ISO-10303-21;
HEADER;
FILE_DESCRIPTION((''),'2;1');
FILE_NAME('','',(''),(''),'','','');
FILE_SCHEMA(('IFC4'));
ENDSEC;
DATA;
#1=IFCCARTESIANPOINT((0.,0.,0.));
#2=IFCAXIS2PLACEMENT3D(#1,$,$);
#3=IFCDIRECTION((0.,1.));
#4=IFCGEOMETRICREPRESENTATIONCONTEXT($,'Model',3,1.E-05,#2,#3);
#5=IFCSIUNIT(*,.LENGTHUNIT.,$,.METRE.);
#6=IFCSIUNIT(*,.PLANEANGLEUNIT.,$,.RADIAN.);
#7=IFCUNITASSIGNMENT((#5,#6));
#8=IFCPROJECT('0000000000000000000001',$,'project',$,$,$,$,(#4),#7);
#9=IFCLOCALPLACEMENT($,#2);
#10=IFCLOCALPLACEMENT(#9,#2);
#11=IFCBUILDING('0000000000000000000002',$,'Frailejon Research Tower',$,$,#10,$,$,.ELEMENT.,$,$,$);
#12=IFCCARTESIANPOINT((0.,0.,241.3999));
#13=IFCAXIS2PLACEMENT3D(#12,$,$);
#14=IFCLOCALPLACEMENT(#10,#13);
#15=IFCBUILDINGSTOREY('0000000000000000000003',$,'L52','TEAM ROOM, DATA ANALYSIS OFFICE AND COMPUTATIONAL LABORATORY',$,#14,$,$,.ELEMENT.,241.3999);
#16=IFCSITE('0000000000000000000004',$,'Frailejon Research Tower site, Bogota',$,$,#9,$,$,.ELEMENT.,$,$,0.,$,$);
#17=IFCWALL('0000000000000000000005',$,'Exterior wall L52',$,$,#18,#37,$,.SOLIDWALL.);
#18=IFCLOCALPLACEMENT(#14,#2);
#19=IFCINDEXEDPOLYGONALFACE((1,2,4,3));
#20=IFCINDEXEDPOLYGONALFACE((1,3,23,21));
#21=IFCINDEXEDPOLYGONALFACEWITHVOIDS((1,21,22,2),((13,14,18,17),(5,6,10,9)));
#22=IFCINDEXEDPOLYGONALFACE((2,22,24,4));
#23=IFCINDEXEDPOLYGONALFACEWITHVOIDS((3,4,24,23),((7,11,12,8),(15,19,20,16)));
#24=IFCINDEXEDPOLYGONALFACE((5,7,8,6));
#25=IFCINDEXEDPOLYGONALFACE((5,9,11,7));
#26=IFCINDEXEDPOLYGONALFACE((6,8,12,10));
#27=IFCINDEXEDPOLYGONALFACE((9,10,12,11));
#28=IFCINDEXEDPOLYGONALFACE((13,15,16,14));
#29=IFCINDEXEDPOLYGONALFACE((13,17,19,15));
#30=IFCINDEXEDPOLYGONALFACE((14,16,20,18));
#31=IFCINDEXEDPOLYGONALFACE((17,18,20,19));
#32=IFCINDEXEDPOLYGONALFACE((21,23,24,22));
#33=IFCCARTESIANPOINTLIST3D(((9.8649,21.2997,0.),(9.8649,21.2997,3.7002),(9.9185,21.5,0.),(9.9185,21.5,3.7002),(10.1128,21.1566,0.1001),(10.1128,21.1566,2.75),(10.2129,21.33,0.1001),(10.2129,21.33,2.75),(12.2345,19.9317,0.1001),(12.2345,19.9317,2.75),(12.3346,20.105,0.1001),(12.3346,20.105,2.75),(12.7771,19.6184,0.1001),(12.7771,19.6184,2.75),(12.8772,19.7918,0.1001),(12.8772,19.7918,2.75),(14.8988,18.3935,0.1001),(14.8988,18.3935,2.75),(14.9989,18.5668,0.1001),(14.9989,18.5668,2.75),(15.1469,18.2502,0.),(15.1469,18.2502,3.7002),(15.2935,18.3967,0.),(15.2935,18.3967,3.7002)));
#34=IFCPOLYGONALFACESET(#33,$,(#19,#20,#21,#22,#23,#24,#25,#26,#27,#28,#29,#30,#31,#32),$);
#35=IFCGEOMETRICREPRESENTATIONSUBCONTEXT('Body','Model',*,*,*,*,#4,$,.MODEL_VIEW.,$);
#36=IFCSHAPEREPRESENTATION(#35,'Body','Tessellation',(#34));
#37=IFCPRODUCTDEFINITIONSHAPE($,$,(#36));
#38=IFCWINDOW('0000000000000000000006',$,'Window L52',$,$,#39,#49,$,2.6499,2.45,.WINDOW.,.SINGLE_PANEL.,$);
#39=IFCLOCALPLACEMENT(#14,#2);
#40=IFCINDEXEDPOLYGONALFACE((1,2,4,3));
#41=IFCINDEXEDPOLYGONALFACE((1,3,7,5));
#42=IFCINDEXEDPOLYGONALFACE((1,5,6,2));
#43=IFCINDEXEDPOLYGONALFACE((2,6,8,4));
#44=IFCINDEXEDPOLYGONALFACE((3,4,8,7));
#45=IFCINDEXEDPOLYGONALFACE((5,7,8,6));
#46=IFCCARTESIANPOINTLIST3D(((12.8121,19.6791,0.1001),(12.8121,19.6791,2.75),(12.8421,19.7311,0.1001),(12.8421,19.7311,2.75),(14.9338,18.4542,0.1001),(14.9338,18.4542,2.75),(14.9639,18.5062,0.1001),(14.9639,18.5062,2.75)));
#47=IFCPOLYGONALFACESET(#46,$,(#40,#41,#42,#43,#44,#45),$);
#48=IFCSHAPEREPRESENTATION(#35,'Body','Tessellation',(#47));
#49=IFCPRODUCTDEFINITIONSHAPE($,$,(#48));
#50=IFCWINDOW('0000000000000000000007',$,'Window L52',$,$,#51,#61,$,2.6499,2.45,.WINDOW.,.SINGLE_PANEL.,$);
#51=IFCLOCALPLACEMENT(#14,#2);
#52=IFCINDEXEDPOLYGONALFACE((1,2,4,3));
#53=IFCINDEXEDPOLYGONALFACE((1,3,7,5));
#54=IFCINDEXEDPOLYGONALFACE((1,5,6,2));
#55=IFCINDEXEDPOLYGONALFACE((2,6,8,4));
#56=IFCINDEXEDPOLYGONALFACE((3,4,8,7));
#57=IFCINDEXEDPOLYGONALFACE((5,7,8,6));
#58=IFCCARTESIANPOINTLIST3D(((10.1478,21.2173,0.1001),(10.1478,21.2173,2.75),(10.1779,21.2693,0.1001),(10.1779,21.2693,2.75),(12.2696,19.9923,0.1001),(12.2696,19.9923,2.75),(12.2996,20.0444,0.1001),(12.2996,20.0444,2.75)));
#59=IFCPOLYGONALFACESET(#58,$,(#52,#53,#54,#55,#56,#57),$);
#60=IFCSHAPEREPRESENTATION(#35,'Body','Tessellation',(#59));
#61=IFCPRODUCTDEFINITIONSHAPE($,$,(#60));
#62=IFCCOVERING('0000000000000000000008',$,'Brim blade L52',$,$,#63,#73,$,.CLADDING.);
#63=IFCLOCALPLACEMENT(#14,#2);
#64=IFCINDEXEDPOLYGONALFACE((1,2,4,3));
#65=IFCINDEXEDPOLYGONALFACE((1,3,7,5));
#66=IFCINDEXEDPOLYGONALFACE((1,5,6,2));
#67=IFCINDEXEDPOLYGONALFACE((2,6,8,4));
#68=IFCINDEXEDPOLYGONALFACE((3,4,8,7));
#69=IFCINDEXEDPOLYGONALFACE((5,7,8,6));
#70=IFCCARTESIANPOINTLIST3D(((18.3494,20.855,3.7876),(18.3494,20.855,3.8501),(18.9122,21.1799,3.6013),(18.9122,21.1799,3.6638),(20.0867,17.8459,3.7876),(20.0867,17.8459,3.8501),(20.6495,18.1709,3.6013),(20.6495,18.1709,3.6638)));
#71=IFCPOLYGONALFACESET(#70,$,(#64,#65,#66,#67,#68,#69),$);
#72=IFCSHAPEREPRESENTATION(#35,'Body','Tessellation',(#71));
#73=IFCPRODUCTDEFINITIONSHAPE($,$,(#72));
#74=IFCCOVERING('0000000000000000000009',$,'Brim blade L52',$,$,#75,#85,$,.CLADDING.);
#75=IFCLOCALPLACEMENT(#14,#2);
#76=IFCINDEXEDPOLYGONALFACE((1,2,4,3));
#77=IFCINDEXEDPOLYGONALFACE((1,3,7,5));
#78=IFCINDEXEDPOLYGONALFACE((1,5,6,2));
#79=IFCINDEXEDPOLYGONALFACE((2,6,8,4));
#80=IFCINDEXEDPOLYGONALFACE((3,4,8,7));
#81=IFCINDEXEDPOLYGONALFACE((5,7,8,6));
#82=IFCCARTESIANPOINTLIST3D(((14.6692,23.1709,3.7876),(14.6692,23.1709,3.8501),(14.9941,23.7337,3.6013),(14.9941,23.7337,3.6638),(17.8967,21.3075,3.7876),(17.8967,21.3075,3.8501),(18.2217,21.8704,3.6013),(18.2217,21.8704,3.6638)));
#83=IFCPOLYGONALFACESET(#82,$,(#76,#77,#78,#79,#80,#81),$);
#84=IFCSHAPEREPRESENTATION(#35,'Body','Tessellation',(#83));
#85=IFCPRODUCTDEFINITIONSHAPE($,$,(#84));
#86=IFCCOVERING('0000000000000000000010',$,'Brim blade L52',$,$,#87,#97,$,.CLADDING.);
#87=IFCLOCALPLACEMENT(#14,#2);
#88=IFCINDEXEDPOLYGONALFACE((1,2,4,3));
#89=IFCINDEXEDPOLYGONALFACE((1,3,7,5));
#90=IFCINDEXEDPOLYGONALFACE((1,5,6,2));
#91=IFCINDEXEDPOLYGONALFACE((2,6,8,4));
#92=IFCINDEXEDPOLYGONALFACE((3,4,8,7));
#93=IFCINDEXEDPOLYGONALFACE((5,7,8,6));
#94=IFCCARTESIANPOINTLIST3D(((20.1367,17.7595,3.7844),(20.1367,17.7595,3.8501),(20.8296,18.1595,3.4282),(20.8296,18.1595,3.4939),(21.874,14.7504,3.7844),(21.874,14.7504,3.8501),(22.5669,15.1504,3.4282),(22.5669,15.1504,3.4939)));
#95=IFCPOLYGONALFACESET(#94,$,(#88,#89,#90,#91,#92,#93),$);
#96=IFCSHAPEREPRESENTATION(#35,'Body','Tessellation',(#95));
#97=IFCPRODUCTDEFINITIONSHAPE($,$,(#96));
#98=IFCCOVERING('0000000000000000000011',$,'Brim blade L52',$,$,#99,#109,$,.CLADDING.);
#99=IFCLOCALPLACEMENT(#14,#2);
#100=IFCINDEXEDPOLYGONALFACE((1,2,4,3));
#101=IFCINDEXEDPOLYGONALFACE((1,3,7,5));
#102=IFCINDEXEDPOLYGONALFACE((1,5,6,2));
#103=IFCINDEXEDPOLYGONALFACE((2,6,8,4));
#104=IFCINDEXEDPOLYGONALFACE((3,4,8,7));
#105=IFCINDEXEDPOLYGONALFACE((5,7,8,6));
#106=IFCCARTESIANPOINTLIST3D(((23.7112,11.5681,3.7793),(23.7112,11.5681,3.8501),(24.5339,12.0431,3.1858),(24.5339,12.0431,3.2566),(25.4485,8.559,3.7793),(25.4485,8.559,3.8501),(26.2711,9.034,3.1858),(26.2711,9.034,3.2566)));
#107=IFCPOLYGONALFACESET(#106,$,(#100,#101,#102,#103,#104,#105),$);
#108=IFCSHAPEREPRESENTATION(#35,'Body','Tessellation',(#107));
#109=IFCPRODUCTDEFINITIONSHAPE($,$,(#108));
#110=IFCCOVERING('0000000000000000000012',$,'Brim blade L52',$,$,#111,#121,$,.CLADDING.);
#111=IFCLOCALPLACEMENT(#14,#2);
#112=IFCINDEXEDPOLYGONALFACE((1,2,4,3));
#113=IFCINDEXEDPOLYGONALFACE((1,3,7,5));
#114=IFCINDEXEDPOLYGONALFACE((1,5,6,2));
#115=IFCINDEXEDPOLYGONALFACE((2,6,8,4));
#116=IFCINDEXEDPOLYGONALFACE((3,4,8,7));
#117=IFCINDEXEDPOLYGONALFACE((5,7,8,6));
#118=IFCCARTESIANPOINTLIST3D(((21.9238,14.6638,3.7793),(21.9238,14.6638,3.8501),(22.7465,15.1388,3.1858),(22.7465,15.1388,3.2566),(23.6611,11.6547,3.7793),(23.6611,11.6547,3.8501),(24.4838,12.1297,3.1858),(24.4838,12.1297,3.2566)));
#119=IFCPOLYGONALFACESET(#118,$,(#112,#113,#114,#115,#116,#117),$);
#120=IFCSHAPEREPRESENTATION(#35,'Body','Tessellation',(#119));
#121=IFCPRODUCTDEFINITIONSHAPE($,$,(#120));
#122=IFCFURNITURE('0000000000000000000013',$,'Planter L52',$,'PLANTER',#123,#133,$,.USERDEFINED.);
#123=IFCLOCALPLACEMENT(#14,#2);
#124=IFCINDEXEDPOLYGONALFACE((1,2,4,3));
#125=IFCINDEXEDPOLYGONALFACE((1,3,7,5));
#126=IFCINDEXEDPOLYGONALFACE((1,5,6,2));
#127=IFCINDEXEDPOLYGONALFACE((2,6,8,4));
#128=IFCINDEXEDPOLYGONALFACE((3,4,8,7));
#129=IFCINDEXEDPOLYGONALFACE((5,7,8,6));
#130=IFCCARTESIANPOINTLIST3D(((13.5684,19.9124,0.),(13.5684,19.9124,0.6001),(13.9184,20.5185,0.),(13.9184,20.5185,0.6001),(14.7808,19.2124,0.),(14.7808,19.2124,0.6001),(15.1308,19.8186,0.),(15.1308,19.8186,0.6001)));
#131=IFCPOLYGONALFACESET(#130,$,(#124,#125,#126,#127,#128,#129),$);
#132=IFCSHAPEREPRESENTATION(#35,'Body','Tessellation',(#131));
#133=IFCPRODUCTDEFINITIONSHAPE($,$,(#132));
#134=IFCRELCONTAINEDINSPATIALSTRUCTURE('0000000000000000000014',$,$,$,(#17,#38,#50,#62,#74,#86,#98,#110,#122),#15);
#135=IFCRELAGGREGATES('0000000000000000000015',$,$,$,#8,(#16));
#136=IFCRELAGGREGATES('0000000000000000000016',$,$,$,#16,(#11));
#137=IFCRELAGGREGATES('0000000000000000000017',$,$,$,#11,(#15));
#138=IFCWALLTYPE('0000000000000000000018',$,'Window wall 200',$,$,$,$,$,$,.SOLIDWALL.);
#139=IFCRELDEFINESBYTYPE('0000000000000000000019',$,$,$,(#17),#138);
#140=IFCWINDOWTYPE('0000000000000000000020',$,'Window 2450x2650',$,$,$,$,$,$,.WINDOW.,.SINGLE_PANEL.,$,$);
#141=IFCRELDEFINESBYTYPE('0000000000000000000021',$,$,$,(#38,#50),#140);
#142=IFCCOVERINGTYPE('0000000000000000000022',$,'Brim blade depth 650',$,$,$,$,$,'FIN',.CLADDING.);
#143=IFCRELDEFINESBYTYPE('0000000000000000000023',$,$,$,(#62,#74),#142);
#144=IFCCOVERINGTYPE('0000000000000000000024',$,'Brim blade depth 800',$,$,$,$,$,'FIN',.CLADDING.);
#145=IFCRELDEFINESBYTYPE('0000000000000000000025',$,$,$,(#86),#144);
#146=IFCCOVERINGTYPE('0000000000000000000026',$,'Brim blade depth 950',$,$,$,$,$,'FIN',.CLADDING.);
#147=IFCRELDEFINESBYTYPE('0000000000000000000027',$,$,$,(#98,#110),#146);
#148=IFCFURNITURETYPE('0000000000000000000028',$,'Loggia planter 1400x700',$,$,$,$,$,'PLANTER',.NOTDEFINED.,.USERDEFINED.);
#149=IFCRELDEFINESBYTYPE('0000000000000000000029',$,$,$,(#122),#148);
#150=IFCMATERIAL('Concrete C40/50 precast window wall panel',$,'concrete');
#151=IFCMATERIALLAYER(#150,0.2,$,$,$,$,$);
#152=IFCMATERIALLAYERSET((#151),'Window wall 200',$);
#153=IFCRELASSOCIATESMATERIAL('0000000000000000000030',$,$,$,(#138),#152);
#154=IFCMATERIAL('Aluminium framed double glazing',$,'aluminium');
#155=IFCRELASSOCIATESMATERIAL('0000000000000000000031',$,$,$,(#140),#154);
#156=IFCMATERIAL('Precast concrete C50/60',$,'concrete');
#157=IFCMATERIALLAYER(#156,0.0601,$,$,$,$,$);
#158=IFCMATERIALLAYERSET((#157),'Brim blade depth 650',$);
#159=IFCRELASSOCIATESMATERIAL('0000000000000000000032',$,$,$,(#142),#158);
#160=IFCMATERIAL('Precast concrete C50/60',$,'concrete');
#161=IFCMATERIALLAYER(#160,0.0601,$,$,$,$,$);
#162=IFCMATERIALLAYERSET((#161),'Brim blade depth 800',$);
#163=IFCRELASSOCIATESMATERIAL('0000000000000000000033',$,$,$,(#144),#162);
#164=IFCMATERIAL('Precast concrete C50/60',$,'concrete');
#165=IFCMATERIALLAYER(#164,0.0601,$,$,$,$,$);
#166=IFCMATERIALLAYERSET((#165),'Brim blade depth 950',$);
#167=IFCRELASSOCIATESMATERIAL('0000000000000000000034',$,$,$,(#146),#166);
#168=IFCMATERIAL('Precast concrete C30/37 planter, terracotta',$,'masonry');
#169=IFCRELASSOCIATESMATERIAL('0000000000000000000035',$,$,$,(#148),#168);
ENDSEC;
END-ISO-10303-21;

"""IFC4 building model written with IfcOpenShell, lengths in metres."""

from ifc_helpers import new_model, si_unit, direction, frame, frame_2d, origin, origin_2d, place, context, subcontext, project, spatial, polyline, rectangle, outline, extrude, material, layer, layer_set, type_object, element, fill, save


model = new_model("IFC4")

# Units and contexts
model_context = context("Model", 3, precision=1e-05, world=origin(), true_north=direction((0.0, 1.0)))
body_context = subcontext(model_context, "Body", "Model", "MODEL_VIEW")
ifc_project = project(units=[si_unit("LENGTHUNIT", "METRE"), si_unit("PLANEANGLEUNIT", "RADIAN")], contexts=[model_context])

# Site, building, storey
site_placement = place(None, origin())
site = spatial("IfcSite", under=ifc_project, at=site_placement, Name="Frailejon Research Tower site, Bogota", CompositionType="ELEMENT", RefElevation=0.0)
building_placement = place(site_placement, origin())
building = spatial("IfcBuilding", under=site, at=building_placement, Name="Frailejon Research Tower", CompositionType="ELEMENT")
storey_placement = place(building_placement, frame((0.0, 0.0, 241.3999)))
storey = spatial("IfcBuildingStorey", under=building, at=storey_placement, Name="L52", Description="TEAM ROOM, DATA ANALYSIS OFFICE AND COMPUTATIONAL LABORATORY", CompositionType="ELEMENT", Elevation=241.3999)

# Wall, openings, windows
ifc_material_1 = material(Name="Concrete C40/50 precast window wall panel", Category="concrete")
ifc_layer_1 = layer(ifc_material_1, 0.2)
ifc_layer_set_1 = layer_set([ifc_layer_1], Name="Window wall 200")
wall_type = type_object("IfcWallType", Name="Window wall 200", PredefinedType="SOLIDWALL", material=ifc_layer_set_1)
wall_placement = place(storey_placement, frame((15.2202, 18.3235, 0.0), z_axis=(0.0, 0.0, 1.0), x_axis=(-0.86603, 0.499993, 0.0)))
wall = element("IfcWall", 1, at=wall_placement, inside=storey, type_object=wall_type, Name="Exterior wall L52", PredefinedType="SOLIDWALL", context=body_context, shape_type="SweptSolid", body=[
    extrude(outline(polyline([(-0.0269, -0.1001), (1.0076, -0.1001), (2.042, -0.1001), (3.0764, -0.1001), (4.1108, -0.1001), (5.1453, -0.1001), (6.1797, -0.1001), (6.126, 0.1001), (5.1094, 0.1001), (4.093, 0.1001), (3.0764, 0.1001), (2.0598, 0.1001), (1.0435, 0.1001), (0.0269, 0.1001), (-0.0269, -0.1001)])), origin(), (0.0, 0.0, 1.0), 3.7002),
])
opening_1_placement = place(wall_placement, frame((0.3132, 0.0, 0.1001)))
opening_1 = element("IfcOpeningElement", 2, at=opening_1_placement, cuts=wall, PredefinedType="OPENING", context=body_context, shape_type="SweptSolid", body=[
    extrude(rectangle(XDim=2.45, YDim=2.6499, at=frame_2d((1.2251, 1.325))), frame((0.0, 0.1099, 0.0), z_axis=(0.0, -1.0, 0.0), x_axis=(1.0, 0.0, 0.0)), (0.0, 0.0, 1.0), 0.22),
])
opening_2_placement = place(wall_placement, frame((3.3896, 0.0, 0.1001)))
opening_2 = element("IfcOpeningElement", 3, at=opening_2_placement, cuts=wall, PredefinedType="OPENING", context=body_context, shape_type="SweptSolid", body=[
    extrude(rectangle(XDim=2.45, YDim=2.6499, at=frame_2d((1.2251, 1.325))), frame((0.0, 0.1099, 0.0), z_axis=(0.0, -1.0, 0.0), x_axis=(1.0, 0.0, 0.0)), (0.0, 0.0, 1.0), 0.22),
])
ifc_material_2 = material(Name="Aluminium framed double glazing", Category="aluminium")
window_type = type_object("IfcWindowType", Name="Window 2450x2650", PartitioningType="SINGLE_PANEL", PredefinedType="WINDOW", material=ifc_material_2)
window_1_placement = place(opening_1_placement, origin())
window_1 = element("IfcWindow", 4, at=window_1_placement, inside=storey, type_object=window_type, Name="Window L52", OverallHeight=2.6499, OverallWidth=2.45, PartitioningType="SINGLE_PANEL", PredefinedType="WINDOW", context=body_context, shape_type="SweptSolid", body=[
    extrude(rectangle(XDim=2.45, YDim=2.6499, at=frame_2d((1.2251, 1.325))), frame((0.0, 0.03, 0.0), z_axis=(0.0, -1.0, 0.0), x_axis=(1.0, 0.0, 0.0)), (0.0, 0.0, 1.0), 0.0601),
])
fill(opening_1, window_1)
window_2_placement = place(opening_2_placement, origin())
window_2 = element("IfcWindow", 5, at=window_2_placement, inside=storey, type_object=window_type, Name="Window L52", OverallHeight=2.6499, OverallWidth=2.45, PartitioningType="SINGLE_PANEL", PredefinedType="WINDOW", context=body_context, shape_type="SweptSolid", body=[
    extrude(rectangle(XDim=2.45, YDim=2.6499, at=frame_2d((1.2251, 1.325))), frame((0.0, 0.03, 0.0), z_axis=(0.0, -1.0, 0.0), x_axis=(1.0, 0.0, 0.0)), (0.0, 0.0, 1.0), 0.0601),
])
fill(opening_2, window_2)

# Coverings
ifc_material_3 = material(Name="Precast concrete C50/60", Category="concrete")
ifc_layer_2 = layer(ifc_material_3, 0.0601)
ifc_layer_set_2 = layer_set([ifc_layer_2], Name="Brim blade depth 650")
covering_type_1 = type_object("IfcCoveringType", Name="Brim blade depth 650", ElementType="FIN", PredefinedType="CLADDING", material=ifc_layer_set_2)
covering_1_placement = place(storey_placement, frame((18.3494, 20.855, 3.8501), z_axis=(0.500011, -0.866019, 0.0), x_axis=(0.866019, 0.500011, 0.0)))
element("IfcCovering", 6, at=covering_1_placement, inside=storey, type_object=covering_type_1, Name="Brim blade L52", PredefinedType="CLADDING", context=body_context, shape_type="SweptSolid", body=[
    extrude(outline(polyline([(0.0, -0.0625), (0.6499, -0.2488), (0.6499, -0.1863), (0.0, 0.0), (0.0, -0.0625)])), origin(), (0.0, 0.0, 1.0), 3.4746),
])
covering_2_placement = place(storey_placement, frame((14.6692, 23.1709, 3.8501), z_axis=(0.86603, -0.499992, 0.0), x_axis=(0.499992, 0.86603, 0.0)))
element("IfcCovering", 7, at=covering_2_placement, inside=storey, type_object=covering_type_1, Name="Brim blade L52", PredefinedType="CLADDING", context=body_context, shape_type="SweptSolid", body=[
    extrude(outline(polyline([(0.0, -0.0625), (0.6499, -0.2488), (0.6499, -0.1863), (0.0, 0.0), (0.0, -0.0625)])), origin(), (0.0, 0.0, 1.0), 3.7268),
])
ifc_material_4 = material(Name="Precast concrete C50/60", Category="concrete")
ifc_layer_3 = layer(ifc_material_4, 0.0601)
ifc_layer_set_3 = layer_set([ifc_layer_3], Name="Brim blade depth 800")
covering_type_2 = type_object("IfcCoveringType", Name="Brim blade depth 800", ElementType="FIN", PredefinedType="CLADDING", material=ifc_layer_set_3)
covering_3_placement = place(storey_placement, frame((20.1367, 17.7595, 3.8501), z_axis=(0.49999, -0.866031, 0.0), x_axis=(0.866031, 0.49999, 0.0)))
element("IfcCovering", 8, at=covering_3_placement, inside=storey, type_object=covering_type_2, Name="Brim blade L52", PredefinedType="CLADDING", context=body_context, shape_type="SweptSolid", body=[
    extrude(outline(polyline([(0.0, -0.0657), (0.8, -0.4219), (0.8, -0.3562), (0.0, 0.0), (0.0, -0.0657)])), origin(), (0.0, 0.0, 1.0), 3.4746),
])
ifc_material_5 = material(Name="Precast concrete C50/60", Category="concrete")
ifc_layer_4 = layer(ifc_material_5, 0.0601)
ifc_layer_set_4 = layer_set([ifc_layer_4], Name="Brim blade depth 950")
covering_type_3 = type_object("IfcCoveringType", Name="Brim blade depth 950", ElementType="FIN", PredefinedType="CLADDING", material=ifc_layer_set_4)
for number, where, z_axis, x_axis, name in (
    (9, (23.7112, 11.5681, 3.8501), (0.49999, -0.866031, 0.0), (0.866031, 0.49999, 0.0), "Brim blade L52"),
    (10, (21.9238, 14.6638, 3.8501), (0.499999, -0.866026, 0.0), (0.866026, 0.499999, 0.0), "Brim blade L52"),
):
    element("IfcCovering", number, at=place(storey_placement, frame(where, z_axis=z_axis, x_axis=x_axis)), inside=storey, type_object=covering_type_3, Name=name, PredefinedType="CLADDING", context=body_context, shape_type="SweptSolid", body=[
        extrude(outline(polyline([(0.0, -0.0708), (0.95, -0.6643), (0.95, -0.5935), (0.0, 0.0), (0.0, -0.0708)])), origin(), (0.0, 0.0, 1.0), 3.4746),
    ])

# Furniture
ifc_material_6 = material(Name="Precast concrete C30/37 planter, terracotta", Category="masonry")
furniture_type = type_object("IfcFurnitureType", Name="Loggia planter 1400x700", ElementType="PLANTER", AssemblyPlace="NOTDEFINED", PredefinedType="USERDEFINED", material=ifc_material_6)
furniture_placement = place(storey_placement, frame((14.3496, 19.8655, 0.0), z_axis=(0.0, 0.0, 1.0), x_axis=(-0.866025, 0.5, 0.0)))
element("IfcFurniture", 11, at=furniture_placement, inside=storey, type_object=furniture_type, Name="Planter L52", ObjectType="PLANTER", PredefinedType="USERDEFINED", context=body_context, shape_type="SweptSolid", body=[
    extrude(rectangle(XDim=1.3999, YDim=0.7, at=origin_2d()), origin(), (0.0, 0.0, 1.0), 0.6001),
])

save(model, "model.ifc")
